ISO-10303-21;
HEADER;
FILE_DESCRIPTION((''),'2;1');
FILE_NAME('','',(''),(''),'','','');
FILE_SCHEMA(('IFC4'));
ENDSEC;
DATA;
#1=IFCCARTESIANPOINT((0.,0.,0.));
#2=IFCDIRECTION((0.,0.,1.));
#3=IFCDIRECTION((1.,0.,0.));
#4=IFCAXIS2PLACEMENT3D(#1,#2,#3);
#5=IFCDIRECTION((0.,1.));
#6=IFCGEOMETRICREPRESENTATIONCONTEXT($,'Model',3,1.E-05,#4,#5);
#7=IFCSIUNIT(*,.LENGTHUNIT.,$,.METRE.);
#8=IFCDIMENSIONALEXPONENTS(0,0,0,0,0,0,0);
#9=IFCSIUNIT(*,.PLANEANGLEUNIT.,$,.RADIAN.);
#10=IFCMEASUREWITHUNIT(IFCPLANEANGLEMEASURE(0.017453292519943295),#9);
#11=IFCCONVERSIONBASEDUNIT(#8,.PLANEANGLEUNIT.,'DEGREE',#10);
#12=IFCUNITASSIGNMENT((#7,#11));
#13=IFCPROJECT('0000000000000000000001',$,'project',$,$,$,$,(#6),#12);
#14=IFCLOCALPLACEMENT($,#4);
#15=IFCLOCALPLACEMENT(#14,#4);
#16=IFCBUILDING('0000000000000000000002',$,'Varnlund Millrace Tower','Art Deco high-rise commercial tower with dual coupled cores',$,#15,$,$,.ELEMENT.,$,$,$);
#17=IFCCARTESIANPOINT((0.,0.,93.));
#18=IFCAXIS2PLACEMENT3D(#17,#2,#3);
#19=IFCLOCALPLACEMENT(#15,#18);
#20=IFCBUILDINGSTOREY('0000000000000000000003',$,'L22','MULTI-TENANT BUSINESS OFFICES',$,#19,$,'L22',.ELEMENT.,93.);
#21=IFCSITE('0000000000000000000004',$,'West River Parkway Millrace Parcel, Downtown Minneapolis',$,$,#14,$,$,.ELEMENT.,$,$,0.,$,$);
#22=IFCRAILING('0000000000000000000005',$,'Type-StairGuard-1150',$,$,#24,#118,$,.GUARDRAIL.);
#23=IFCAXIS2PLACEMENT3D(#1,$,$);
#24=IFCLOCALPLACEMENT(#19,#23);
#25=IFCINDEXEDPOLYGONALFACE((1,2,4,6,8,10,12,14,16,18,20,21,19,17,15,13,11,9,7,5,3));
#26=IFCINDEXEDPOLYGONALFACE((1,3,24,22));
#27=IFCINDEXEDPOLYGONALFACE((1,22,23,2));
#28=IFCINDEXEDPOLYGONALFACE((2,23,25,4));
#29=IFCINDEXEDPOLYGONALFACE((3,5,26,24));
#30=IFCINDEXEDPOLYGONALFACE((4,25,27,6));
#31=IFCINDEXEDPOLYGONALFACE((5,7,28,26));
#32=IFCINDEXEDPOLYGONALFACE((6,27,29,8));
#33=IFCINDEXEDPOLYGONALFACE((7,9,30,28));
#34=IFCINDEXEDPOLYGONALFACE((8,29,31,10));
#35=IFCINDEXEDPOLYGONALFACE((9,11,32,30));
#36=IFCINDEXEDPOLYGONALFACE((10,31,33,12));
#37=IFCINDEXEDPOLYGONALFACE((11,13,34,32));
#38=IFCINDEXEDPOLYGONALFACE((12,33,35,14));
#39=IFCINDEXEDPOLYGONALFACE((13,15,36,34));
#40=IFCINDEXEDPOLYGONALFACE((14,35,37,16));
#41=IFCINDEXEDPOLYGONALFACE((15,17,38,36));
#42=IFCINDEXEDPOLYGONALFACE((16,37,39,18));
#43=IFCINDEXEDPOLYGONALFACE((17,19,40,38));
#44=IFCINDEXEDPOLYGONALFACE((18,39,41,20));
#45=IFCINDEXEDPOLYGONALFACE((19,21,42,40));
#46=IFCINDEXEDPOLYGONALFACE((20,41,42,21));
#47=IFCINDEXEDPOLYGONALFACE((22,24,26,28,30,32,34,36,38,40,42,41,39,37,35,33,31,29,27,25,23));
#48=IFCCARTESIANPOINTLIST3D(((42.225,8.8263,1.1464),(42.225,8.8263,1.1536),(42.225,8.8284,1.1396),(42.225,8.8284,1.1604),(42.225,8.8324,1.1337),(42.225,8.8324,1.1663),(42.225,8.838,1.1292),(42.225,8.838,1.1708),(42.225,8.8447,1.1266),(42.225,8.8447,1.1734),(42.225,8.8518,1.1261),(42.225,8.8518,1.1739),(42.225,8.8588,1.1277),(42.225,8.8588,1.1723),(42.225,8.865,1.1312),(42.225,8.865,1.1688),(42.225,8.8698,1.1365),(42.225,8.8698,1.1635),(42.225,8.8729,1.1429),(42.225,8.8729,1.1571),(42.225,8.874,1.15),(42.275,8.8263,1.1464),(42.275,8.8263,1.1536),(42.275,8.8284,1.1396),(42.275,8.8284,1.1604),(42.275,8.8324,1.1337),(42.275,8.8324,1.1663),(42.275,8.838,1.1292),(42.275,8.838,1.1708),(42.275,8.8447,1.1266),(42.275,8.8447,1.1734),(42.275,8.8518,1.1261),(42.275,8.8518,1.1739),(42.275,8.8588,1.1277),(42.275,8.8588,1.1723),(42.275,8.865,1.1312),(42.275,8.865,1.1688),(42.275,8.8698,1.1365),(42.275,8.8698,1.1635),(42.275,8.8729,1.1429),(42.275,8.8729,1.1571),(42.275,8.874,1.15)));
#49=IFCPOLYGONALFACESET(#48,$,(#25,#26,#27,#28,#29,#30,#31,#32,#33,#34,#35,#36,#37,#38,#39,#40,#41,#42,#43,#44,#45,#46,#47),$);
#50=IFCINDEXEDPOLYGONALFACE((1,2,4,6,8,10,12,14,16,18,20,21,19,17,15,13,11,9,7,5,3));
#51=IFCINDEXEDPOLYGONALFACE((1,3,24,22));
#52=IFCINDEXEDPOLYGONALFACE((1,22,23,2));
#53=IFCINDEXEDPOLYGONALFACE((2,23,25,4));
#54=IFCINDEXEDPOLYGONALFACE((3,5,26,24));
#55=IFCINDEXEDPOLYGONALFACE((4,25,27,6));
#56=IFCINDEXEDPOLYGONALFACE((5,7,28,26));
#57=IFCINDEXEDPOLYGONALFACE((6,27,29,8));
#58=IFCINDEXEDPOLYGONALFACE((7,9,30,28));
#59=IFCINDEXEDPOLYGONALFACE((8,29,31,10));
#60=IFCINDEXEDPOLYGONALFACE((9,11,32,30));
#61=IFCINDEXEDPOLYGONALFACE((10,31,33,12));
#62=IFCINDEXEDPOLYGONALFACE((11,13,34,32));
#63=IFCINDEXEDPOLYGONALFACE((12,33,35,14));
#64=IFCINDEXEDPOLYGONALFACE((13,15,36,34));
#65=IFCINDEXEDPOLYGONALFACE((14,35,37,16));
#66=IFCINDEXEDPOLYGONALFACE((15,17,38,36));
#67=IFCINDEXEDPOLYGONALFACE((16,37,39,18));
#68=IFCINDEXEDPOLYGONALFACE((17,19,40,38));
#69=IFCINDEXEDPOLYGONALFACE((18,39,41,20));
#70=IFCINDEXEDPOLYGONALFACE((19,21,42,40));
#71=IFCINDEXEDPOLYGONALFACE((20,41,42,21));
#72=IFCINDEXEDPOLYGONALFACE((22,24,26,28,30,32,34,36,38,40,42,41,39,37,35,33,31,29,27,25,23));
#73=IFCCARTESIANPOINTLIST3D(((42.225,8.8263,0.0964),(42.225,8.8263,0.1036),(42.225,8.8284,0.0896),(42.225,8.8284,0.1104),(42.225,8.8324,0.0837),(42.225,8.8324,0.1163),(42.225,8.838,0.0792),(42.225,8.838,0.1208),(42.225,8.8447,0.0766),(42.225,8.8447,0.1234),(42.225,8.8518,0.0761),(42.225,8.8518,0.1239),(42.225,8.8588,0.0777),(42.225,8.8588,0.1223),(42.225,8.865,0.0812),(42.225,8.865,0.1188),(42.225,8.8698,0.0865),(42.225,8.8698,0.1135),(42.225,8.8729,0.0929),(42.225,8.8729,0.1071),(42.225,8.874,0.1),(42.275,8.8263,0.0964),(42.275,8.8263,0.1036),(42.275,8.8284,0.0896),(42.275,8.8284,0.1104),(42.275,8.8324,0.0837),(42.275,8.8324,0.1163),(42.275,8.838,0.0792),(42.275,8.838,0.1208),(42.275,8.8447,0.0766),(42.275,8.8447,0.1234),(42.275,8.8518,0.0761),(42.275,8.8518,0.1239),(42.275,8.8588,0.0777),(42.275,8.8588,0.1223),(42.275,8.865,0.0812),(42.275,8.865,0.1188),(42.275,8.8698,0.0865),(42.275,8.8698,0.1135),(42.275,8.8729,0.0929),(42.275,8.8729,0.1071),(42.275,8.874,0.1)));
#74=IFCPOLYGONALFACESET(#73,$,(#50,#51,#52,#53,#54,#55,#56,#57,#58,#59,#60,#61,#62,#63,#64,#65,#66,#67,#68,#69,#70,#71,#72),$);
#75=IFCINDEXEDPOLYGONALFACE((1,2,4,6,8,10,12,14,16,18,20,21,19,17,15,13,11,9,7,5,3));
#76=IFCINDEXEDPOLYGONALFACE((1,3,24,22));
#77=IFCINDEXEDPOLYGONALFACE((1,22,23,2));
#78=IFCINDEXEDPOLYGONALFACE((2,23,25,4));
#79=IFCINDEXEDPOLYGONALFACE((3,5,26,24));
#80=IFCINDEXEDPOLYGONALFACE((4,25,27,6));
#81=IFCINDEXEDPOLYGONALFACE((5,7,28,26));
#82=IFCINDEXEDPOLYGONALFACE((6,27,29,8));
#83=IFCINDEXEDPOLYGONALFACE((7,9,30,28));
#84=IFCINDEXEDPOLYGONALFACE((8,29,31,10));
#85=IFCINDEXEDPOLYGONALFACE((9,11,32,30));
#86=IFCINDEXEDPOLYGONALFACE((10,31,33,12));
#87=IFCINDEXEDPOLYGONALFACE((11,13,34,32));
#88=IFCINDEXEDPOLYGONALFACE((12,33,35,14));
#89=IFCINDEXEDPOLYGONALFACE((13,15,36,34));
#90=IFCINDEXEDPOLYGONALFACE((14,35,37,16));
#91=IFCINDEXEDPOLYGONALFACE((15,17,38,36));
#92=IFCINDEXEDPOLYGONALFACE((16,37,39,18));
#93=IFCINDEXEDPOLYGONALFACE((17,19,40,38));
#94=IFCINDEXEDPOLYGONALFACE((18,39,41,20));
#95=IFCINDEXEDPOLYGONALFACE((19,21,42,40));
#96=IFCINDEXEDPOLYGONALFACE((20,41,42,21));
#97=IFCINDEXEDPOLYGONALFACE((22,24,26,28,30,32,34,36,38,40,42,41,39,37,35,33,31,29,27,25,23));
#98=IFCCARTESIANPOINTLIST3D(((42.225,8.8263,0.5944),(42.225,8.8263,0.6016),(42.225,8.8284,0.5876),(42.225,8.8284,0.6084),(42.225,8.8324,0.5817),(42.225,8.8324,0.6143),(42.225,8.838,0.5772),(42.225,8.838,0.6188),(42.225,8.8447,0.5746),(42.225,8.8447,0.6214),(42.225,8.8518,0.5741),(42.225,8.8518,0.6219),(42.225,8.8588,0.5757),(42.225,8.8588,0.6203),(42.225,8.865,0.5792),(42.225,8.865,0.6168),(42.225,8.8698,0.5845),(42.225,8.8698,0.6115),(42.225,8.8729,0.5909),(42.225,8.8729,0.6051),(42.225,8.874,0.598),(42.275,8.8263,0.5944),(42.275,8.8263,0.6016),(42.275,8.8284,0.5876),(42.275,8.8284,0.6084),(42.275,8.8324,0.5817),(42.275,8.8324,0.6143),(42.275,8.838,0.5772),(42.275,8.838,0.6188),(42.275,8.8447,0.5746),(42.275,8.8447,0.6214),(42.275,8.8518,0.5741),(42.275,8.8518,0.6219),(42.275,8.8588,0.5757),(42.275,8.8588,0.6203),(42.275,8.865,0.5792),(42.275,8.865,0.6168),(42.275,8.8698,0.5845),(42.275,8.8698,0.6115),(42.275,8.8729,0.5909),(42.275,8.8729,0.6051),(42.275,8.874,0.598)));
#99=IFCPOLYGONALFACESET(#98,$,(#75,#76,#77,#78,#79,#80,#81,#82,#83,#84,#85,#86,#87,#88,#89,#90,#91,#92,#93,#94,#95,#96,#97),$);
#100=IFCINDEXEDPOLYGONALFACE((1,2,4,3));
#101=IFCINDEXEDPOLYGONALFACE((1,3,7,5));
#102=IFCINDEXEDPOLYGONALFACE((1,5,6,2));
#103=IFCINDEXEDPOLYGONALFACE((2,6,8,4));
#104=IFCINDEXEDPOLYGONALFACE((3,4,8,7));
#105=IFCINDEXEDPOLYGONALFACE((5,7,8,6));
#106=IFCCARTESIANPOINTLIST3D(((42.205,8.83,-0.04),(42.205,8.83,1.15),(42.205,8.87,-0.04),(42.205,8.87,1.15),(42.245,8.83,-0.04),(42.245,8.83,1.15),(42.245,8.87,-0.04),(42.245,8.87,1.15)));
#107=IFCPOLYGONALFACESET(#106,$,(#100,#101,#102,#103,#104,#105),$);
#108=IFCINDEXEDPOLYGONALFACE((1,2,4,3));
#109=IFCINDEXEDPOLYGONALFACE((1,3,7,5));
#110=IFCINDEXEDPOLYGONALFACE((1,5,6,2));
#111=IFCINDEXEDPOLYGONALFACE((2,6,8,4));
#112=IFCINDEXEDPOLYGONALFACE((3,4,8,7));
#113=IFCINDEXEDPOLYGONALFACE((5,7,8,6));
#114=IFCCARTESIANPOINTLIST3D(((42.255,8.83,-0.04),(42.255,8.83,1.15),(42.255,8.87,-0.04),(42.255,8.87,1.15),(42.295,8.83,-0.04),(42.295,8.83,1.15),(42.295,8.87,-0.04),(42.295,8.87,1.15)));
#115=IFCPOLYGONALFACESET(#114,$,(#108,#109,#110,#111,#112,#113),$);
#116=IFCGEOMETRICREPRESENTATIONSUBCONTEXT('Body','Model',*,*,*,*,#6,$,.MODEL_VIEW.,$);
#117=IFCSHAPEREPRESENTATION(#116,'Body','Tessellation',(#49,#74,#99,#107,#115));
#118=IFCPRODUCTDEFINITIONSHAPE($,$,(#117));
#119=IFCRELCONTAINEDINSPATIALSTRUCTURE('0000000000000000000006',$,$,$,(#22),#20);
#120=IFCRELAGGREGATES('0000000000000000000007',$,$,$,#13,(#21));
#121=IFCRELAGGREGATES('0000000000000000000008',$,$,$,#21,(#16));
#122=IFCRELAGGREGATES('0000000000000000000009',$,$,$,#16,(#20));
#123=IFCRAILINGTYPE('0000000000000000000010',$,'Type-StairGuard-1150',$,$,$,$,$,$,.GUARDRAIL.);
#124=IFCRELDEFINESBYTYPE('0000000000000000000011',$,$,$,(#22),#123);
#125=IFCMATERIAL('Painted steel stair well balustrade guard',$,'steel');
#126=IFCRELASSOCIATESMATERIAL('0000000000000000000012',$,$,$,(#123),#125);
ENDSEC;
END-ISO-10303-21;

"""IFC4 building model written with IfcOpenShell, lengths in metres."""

from ifc_helpers import new_model, entity, si_unit, converted_unit, direction, frame, origin_with_axes, origin_2d_with_axis, place, context, subcontext, project, spatial, rectangle, circle, extrude, material, type_object, element, save


model = new_model("IFC4")

# Units and contexts
model_context = context("Model", 3, precision=1e-05, world=origin_with_axes(), true_north=direction((0.0, 1.0)))
body_context = subcontext(model_context, "Body", "Model", "MODEL_VIEW")
ifc_project = project(units=[si_unit("LENGTHUNIT", "METRE"), converted_unit("PLANEANGLEUNIT", "DEGREE", entity("IfcPlaneAngleMeasure", 0.017453292519943295), si_unit("PLANEANGLEUNIT", "RADIAN"), dimensions=[0, 0, 0, 0, 0, 0, 0])], contexts=[model_context])

# Site, building, storey
site_placement = place(None, origin_with_axes())
site = spatial("IfcSite", under=ifc_project, at=site_placement, Name="West River Parkway Millrace Parcel, Downtown Minneapolis", CompositionType="ELEMENT", RefElevation=0.0)
building_placement = place(site_placement, origin_with_axes())
building = spatial("IfcBuilding", under=site, at=building_placement, Name="Varnlund Millrace Tower", Description="Art Deco high-rise commercial tower with dual coupled cores", CompositionType="ELEMENT")
storey_placement = place(building_placement, frame((0.0, 0.0, 93.0), z_axis=(0.0, 0.0, 1.0), x_axis=(1.0, 0.0, 0.0)))
storey = spatial("IfcBuildingStorey", under=building, at=storey_placement, Name="L22", Description="MULTI-TENANT BUSINESS OFFICES", LongName="L22", CompositionType="ELEMENT", Elevation=93.0)

# Railing
ifc_material_1 = material(Name="Painted steel stair well balustrade guard", Category="steel")
railing_type_1 = type_object("IfcRailingType", Name="Type-StairGuard-1150", PredefinedType="GUARDRAIL", material=ifc_material_1)
railing_1_placement = place(storey_placement, frame((0.0, 0.0, -93.0), z_axis=(0.0, 0.0, 1.0), x_axis=(1.0, 0.0, 0.0)))
element("IfcRailing", 1, at=railing_1_placement, inside=storey, type_object=railing_type_1, Name="Type-StairGuard-1150", PredefinedType="GUARDRAIL", context=body_context, shape_type="SweptSolid", body=[
    extrude(circle(Radius=0.024, at=origin_2d_with_axis()), frame((42.225, 8.85, 94.15), z_axis=(1.0, 0.0, 0.0), x_axis=(0.0, 1.0, 0.0)), (0.0, 0.0, 1.0), 0.05),
    extrude(circle(Radius=0.024, at=origin_2d_with_axis()), frame((42.225, 8.85, 93.1), z_axis=(1.0, 0.0, 0.0), x_axis=(0.0, 1.0, 0.0)), (0.0, 0.0, 1.0), 0.05),
    extrude(circle(Radius=0.024, at=origin_2d_with_axis()), frame((42.225, 8.85, 93.598), z_axis=(1.0, 0.0, 0.0), x_axis=(0.0, 1.0, 0.0)), (0.0, 0.0, 1.0), 0.05),
    extrude(rectangle(XDim=0.04, YDim=0.04, at=origin_2d_with_axis()), frame((42.225, 8.85, 92.96), z_axis=(0.0, 0.0, 1.0), x_axis=(1.0, 0.0, 0.0)), (0.0, 0.0, 1.0), 1.19),
    extrude(rectangle(XDim=0.04, YDim=0.04, at=origin_2d_with_axis()), frame((42.275, 8.85, 92.96), z_axis=(0.0, 0.0, 1.0), x_axis=(1.0, 0.0, 0.0)), (0.0, 0.0, 1.0), 1.19),
])

save(model, "model.ifc")
